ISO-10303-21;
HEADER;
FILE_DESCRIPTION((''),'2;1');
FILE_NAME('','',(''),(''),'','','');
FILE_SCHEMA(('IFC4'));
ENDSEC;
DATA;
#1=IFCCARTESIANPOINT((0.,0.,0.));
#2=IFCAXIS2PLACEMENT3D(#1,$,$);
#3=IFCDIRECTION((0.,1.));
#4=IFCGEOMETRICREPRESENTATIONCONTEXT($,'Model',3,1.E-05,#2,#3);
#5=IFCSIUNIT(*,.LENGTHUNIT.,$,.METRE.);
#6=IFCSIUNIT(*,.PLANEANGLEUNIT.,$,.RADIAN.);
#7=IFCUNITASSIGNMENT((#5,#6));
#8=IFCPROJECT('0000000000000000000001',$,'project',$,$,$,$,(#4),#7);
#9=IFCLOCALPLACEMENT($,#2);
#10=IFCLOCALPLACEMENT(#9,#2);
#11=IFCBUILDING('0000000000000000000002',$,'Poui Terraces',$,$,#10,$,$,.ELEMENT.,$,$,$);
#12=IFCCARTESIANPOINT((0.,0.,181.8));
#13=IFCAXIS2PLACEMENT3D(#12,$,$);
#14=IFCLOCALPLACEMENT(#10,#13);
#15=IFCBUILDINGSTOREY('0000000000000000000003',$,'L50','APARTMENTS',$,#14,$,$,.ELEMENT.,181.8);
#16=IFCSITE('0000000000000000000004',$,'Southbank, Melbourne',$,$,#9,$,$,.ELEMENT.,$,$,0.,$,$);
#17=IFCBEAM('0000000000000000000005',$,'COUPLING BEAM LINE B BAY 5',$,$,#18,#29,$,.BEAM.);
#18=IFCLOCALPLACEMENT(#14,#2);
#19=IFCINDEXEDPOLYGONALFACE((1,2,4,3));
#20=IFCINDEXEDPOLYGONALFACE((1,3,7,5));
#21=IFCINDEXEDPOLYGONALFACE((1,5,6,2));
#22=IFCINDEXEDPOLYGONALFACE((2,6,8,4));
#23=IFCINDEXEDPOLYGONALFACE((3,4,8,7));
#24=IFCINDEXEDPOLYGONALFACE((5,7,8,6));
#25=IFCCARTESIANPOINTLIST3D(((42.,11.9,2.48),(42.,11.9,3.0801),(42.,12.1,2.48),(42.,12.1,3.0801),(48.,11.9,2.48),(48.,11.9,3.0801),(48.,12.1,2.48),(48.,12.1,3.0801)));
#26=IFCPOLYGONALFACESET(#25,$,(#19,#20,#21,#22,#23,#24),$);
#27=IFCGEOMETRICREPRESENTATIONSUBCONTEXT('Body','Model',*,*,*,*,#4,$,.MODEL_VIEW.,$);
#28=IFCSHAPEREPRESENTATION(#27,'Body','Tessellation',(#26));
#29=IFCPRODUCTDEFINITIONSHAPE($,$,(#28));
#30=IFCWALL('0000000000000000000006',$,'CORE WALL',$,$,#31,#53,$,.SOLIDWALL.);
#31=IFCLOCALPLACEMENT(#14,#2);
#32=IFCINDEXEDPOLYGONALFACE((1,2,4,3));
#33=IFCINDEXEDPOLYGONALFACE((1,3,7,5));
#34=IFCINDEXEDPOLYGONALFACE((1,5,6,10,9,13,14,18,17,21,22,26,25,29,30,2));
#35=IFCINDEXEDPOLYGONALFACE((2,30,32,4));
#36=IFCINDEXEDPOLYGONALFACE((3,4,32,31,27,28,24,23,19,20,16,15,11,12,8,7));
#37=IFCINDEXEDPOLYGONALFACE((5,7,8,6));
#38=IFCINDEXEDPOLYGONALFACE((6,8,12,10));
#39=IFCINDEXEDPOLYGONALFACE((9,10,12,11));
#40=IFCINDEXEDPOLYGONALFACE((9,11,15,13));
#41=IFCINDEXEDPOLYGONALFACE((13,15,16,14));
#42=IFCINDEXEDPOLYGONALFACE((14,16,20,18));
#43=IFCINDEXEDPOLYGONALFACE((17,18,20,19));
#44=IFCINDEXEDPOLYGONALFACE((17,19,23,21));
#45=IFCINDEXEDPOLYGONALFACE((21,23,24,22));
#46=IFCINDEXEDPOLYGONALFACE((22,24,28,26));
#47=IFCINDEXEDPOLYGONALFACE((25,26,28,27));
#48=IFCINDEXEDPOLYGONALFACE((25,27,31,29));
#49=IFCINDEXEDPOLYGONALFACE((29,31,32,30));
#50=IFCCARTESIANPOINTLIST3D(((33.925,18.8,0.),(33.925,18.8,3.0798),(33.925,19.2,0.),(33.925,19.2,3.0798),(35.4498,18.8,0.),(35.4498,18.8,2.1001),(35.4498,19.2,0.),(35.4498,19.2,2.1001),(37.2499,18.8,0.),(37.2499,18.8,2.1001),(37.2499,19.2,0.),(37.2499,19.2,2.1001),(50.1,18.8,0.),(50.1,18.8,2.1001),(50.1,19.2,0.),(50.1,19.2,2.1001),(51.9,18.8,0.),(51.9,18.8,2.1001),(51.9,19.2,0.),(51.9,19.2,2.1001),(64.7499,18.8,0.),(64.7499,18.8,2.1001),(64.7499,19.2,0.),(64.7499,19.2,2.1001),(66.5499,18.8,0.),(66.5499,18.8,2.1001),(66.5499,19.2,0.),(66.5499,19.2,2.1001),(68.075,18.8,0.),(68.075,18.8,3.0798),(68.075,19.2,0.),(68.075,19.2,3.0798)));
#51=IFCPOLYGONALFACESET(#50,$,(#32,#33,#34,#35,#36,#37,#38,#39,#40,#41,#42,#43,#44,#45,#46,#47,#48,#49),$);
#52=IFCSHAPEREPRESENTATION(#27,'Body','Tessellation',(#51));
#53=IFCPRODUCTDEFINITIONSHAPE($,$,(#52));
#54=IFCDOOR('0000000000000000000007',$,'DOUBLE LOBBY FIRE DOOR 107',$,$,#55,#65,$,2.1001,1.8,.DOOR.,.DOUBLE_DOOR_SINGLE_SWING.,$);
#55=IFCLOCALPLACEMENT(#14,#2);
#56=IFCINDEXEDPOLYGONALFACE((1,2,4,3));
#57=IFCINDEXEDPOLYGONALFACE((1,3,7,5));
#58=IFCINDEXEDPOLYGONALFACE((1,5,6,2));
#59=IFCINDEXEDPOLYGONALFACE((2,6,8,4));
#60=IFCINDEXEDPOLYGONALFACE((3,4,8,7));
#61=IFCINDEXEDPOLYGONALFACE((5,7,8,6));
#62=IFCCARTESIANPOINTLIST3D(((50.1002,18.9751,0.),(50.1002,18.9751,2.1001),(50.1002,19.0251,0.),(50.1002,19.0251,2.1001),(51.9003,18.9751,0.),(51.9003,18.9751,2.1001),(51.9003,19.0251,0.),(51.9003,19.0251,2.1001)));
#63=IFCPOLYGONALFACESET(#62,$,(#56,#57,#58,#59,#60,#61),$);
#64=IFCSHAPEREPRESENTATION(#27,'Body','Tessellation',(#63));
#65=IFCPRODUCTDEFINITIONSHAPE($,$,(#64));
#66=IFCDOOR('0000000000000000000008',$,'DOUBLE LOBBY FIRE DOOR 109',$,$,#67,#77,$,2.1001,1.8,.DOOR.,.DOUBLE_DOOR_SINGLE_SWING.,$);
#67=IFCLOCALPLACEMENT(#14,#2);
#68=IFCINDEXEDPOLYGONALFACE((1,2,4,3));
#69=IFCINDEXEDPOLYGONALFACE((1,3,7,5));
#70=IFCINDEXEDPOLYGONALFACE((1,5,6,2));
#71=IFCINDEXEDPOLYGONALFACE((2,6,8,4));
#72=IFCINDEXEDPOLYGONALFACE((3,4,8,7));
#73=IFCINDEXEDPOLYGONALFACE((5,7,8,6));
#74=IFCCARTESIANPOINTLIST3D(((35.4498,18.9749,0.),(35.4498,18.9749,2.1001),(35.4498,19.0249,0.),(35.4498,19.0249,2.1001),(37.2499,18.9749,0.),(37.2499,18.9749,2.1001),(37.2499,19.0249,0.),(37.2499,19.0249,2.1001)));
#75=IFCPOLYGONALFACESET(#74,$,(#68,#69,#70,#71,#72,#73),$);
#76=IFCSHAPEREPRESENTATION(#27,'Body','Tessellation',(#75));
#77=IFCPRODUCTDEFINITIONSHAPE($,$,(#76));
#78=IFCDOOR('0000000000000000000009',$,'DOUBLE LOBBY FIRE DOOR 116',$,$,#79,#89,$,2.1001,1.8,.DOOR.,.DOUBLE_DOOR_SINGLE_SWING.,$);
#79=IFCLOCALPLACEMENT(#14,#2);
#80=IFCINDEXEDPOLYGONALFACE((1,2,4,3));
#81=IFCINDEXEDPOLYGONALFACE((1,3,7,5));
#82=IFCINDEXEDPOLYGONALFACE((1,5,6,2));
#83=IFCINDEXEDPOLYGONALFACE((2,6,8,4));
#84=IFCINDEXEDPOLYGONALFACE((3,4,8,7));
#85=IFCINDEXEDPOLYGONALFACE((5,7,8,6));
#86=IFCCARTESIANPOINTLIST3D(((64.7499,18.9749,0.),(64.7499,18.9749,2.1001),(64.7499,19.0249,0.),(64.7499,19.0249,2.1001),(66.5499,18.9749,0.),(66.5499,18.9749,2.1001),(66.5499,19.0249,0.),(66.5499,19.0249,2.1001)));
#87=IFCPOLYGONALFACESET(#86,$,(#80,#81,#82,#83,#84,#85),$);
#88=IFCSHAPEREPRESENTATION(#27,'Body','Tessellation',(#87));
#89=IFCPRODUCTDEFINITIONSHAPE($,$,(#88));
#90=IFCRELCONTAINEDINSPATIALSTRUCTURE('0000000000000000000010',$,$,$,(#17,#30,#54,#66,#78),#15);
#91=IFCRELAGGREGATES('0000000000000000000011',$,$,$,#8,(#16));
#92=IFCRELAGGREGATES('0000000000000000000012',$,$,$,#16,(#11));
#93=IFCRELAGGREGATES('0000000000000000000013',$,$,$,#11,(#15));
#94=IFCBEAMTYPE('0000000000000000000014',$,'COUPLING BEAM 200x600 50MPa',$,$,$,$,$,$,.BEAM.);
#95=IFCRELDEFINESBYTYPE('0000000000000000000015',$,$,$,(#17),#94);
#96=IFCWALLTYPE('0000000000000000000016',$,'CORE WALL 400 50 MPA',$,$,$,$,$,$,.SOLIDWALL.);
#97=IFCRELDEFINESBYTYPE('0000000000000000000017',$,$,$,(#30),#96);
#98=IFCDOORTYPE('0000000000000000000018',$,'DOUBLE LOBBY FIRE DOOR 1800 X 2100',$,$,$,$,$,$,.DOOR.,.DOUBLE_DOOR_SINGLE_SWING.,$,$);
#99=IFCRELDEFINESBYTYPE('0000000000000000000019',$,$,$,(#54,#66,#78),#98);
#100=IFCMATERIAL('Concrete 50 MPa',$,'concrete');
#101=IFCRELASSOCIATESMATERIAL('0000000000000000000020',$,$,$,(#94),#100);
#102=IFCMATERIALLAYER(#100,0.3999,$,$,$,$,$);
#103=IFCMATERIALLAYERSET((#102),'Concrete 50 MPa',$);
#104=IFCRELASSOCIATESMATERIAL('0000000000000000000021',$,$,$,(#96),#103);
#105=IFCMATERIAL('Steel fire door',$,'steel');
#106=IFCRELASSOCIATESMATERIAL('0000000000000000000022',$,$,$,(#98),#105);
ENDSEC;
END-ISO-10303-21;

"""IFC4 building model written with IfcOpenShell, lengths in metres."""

from ifc_helpers import new_model, si_unit, direction, frame, frame_2d, origin, origin_2d, place, context, subcontext, project, spatial, rectangle, extrude, source, transform, mapped, material, layer, layer_set, material_profile, profile_set, type_object, element, fill, save


model = new_model("IFC4")

# Units and contexts
model_context = context("Model", 3, precision=1e-05, world=origin(), true_north=direction((0.0, 1.0)))
body_context = subcontext(model_context, "Body", "Model", "MODEL_VIEW")
ifc_project = project(units=[si_unit("LENGTHUNIT", "METRE"), si_unit("PLANEANGLEUNIT", "RADIAN")], contexts=[model_context])

# Site, building, storey
site_placement = place(None, origin())
site = spatial("IfcSite", under=ifc_project, at=site_placement, Name="Southbank, Melbourne", CompositionType="ELEMENT", RefElevation=0.0)
building_placement = place(site_placement, origin())
building = spatial("IfcBuilding", under=site, at=building_placement, Name="Poui Terraces", CompositionType="ELEMENT")
storey_placement = place(building_placement, frame((0.0, 0.0, 181.8)))
storey = spatial("IfcBuildingStorey", under=building, at=storey_placement, Name="L50", Description="APARTMENTS", CompositionType="ELEMENT", Elevation=181.8)

# Beam
ifc_material_1 = material(Name="Concrete 50 MPa", Category="concrete")
ifc_material_profile = material_profile(ifc_material_1, rectangle(XDim=0.2, YDim=0.6001, at=origin_2d()), Name="RC 200x600")
ifc_profile_set = profile_set([ifc_material_profile], Name="Concrete 50 MPa")
beam_type = type_object("IfcBeamType", Name="COUPLING BEAM 200x600 50MPa", PredefinedType="BEAM", material=ifc_profile_set)
shared_shape = source(origin(), body_context, "Body", "SweptSolid", [
    extrude(rectangle(XDim=0.2, YDim=0.6001, at=origin_2d()), origin(), (0.0, 0.0, 1.0), 6.0),
])
beam_placement = place(storey_placement, frame((42.0, 12.0, 2.78), z_axis=(1.0, 0.0, 0.0), x_axis=(0.0, 1.0, 0.0)))
element("IfcBeam", 1, at=beam_placement, inside=storey, type_object=beam_type, Name="COUPLING BEAM LINE B BAY 5", PredefinedType="BEAM", context=body_context, shape_type="MappedRepresentation", body=[
    mapped(shared_shape, transform((0.0, 0.0, 0.0))),
])

# Wall, openings, doors
ifc_layer_1 = layer(ifc_material_1, 0.3999)
ifc_layer_set_1 = layer_set([ifc_layer_1], Name="Concrete 50 MPa")
wall_type_1 = type_object("IfcWallType", Name="CORE WALL 400 50 MPA", PredefinedType="SOLIDWALL", material=ifc_layer_set_1)
wall_1_placement = place(storey_placement, frame((33.925, 19.0, 0.0), z_axis=(0.0, 0.0, 1.0), x_axis=(1.0, 0.0, 0.0)))
wall_1 = element("IfcWall", 2, at=wall_1_placement, inside=storey, type_object=wall_type_1, Name="CORE WALL", PredefinedType="SOLIDWALL", context=body_context, shape_type="SweptSolid", body=[
    extrude(rectangle(XDim=34.1499, YDim=0.3999, at=frame_2d((17.075, 0.0))), origin(), (0.0, 0.0, 1.0), 3.0798),
])
opening_1_placement = place(wall_1_placement, frame((16.175, 0.0, 0.0)))
opening_1 = element("IfcOpeningElement", 3, at=opening_1_placement, cuts=wall_1, PredefinedType="OPENING", context=body_context, shape_type="SweptSolid", body=[
    extrude(rectangle(XDim=1.8, YDim=2.1001, at=frame_2d((0.8999, 1.05))), frame((0.0, 0.21, 0.0), z_axis=(0.0, -1.0, 0.0), x_axis=(1.0, 0.0, 0.0)), (0.0, 0.0, 1.0), 0.4199),
])
opening_2_placement = place(wall_1_placement, frame((1.5249, 0.0, 0.0)))
opening_2 = element("IfcOpeningElement", 4, at=opening_2_placement, cuts=wall_1, PredefinedType="OPENING", context=body_context, shape_type="SweptSolid", body=[
    extrude(rectangle(XDim=1.8, YDim=2.1001, at=frame_2d((0.8999, 1.05))), frame((0.0, 0.21, 0.0), z_axis=(0.0, -1.0, 0.0), x_axis=(1.0, 0.0, 0.0)), (0.0, 0.0, 1.0), 0.4199),
])
opening_3_placement = place(wall_1_placement, frame((30.825, 0.0, 0.0)))
opening_3 = element("IfcOpeningElement", 5, at=opening_3_placement, cuts=wall_1, PredefinedType="OPENING", context=body_context, shape_type="SweptSolid", body=[
    extrude(rectangle(XDim=1.8, YDim=2.1001, at=frame_2d((0.8999, 1.05))), frame((0.0, 0.21, 0.0), z_axis=(0.0, -1.0, 0.0), x_axis=(1.0, 0.0, 0.0)), (0.0, 0.0, 1.0), 0.4199),
])
ifc_material_2 = material(Name="Steel fire door", Category="steel")
door_type_1 = type_object("IfcDoorType", Name="DOUBLE LOBBY FIRE DOOR 1800 X 2100", OperationType="DOUBLE_DOOR_SINGLE_SWING", PredefinedType="DOOR", material=ifc_material_2)
door_1_placement = place(opening_1_placement, frame((1.8, 0.0, 0.0), z_axis=(0.0, 0.0, 1.0), x_axis=(-1.0, 0.0, 0.0)))
door_1 = element("IfcDoor", 6, at=door_1_placement, inside=storey, type_object=door_type_1, Name="DOUBLE LOBBY FIRE DOOR 107", OperationType="DOUBLE_DOOR_SINGLE_SWING", OverallHeight=2.1001, OverallWidth=1.8, PredefinedType="DOOR", context=body_context, shape_type="SweptSolid", body=[
    extrude(rectangle(XDim=1.8, YDim=2.1001, at=frame_2d((0.8999, 1.05))), frame((0.0, 0.0249, 0.0), z_axis=(0.0, -1.0, 0.0), x_axis=(1.0, 0.0, 0.0)), (0.0, 0.0, 1.0), 0.05),
])
fill(opening_1, door_1)
door_2_placement = place(opening_2_placement, origin())
door_2 = element("IfcDoor", 7, at=door_2_placement, inside=storey, type_object=door_type_1, Name="DOUBLE LOBBY FIRE DOOR 109", OperationType="DOUBLE_DOOR_SINGLE_SWING", OverallHeight=2.1001, OverallWidth=1.8, PredefinedType="DOOR", context=body_context, shape_type="SweptSolid", body=[
    extrude(rectangle(XDim=1.8, YDim=2.1001, at=frame_2d((0.8999, 1.05))), frame((0.0, 0.0249, 0.0), z_axis=(0.0, -1.0, 0.0), x_axis=(1.0, 0.0, 0.0)), (0.0, 0.0, 1.0), 0.05),
])
fill(opening_2, door_2)
door_3_placement = place(opening_3_placement, origin())
door_3 = element("IfcDoor", 8, at=door_3_placement, inside=storey, type_object=door_type_1, Name="DOUBLE LOBBY FIRE DOOR 116", OperationType="DOUBLE_DOOR_SINGLE_SWING", OverallHeight=2.1001, OverallWidth=1.8, PredefinedType="DOOR", context=body_context, shape_type="SweptSolid", body=[
    extrude(rectangle(XDim=1.8, YDim=2.1001, at=frame_2d((0.8999, 1.05))), frame((0.0, 0.0249, 0.0), z_axis=(0.0, -1.0, 0.0), x_axis=(1.0, 0.0, 0.0)), (0.0, 0.0, 1.0), 0.05),
])
fill(opening_3, door_3)

save(model, "model.ifc")
